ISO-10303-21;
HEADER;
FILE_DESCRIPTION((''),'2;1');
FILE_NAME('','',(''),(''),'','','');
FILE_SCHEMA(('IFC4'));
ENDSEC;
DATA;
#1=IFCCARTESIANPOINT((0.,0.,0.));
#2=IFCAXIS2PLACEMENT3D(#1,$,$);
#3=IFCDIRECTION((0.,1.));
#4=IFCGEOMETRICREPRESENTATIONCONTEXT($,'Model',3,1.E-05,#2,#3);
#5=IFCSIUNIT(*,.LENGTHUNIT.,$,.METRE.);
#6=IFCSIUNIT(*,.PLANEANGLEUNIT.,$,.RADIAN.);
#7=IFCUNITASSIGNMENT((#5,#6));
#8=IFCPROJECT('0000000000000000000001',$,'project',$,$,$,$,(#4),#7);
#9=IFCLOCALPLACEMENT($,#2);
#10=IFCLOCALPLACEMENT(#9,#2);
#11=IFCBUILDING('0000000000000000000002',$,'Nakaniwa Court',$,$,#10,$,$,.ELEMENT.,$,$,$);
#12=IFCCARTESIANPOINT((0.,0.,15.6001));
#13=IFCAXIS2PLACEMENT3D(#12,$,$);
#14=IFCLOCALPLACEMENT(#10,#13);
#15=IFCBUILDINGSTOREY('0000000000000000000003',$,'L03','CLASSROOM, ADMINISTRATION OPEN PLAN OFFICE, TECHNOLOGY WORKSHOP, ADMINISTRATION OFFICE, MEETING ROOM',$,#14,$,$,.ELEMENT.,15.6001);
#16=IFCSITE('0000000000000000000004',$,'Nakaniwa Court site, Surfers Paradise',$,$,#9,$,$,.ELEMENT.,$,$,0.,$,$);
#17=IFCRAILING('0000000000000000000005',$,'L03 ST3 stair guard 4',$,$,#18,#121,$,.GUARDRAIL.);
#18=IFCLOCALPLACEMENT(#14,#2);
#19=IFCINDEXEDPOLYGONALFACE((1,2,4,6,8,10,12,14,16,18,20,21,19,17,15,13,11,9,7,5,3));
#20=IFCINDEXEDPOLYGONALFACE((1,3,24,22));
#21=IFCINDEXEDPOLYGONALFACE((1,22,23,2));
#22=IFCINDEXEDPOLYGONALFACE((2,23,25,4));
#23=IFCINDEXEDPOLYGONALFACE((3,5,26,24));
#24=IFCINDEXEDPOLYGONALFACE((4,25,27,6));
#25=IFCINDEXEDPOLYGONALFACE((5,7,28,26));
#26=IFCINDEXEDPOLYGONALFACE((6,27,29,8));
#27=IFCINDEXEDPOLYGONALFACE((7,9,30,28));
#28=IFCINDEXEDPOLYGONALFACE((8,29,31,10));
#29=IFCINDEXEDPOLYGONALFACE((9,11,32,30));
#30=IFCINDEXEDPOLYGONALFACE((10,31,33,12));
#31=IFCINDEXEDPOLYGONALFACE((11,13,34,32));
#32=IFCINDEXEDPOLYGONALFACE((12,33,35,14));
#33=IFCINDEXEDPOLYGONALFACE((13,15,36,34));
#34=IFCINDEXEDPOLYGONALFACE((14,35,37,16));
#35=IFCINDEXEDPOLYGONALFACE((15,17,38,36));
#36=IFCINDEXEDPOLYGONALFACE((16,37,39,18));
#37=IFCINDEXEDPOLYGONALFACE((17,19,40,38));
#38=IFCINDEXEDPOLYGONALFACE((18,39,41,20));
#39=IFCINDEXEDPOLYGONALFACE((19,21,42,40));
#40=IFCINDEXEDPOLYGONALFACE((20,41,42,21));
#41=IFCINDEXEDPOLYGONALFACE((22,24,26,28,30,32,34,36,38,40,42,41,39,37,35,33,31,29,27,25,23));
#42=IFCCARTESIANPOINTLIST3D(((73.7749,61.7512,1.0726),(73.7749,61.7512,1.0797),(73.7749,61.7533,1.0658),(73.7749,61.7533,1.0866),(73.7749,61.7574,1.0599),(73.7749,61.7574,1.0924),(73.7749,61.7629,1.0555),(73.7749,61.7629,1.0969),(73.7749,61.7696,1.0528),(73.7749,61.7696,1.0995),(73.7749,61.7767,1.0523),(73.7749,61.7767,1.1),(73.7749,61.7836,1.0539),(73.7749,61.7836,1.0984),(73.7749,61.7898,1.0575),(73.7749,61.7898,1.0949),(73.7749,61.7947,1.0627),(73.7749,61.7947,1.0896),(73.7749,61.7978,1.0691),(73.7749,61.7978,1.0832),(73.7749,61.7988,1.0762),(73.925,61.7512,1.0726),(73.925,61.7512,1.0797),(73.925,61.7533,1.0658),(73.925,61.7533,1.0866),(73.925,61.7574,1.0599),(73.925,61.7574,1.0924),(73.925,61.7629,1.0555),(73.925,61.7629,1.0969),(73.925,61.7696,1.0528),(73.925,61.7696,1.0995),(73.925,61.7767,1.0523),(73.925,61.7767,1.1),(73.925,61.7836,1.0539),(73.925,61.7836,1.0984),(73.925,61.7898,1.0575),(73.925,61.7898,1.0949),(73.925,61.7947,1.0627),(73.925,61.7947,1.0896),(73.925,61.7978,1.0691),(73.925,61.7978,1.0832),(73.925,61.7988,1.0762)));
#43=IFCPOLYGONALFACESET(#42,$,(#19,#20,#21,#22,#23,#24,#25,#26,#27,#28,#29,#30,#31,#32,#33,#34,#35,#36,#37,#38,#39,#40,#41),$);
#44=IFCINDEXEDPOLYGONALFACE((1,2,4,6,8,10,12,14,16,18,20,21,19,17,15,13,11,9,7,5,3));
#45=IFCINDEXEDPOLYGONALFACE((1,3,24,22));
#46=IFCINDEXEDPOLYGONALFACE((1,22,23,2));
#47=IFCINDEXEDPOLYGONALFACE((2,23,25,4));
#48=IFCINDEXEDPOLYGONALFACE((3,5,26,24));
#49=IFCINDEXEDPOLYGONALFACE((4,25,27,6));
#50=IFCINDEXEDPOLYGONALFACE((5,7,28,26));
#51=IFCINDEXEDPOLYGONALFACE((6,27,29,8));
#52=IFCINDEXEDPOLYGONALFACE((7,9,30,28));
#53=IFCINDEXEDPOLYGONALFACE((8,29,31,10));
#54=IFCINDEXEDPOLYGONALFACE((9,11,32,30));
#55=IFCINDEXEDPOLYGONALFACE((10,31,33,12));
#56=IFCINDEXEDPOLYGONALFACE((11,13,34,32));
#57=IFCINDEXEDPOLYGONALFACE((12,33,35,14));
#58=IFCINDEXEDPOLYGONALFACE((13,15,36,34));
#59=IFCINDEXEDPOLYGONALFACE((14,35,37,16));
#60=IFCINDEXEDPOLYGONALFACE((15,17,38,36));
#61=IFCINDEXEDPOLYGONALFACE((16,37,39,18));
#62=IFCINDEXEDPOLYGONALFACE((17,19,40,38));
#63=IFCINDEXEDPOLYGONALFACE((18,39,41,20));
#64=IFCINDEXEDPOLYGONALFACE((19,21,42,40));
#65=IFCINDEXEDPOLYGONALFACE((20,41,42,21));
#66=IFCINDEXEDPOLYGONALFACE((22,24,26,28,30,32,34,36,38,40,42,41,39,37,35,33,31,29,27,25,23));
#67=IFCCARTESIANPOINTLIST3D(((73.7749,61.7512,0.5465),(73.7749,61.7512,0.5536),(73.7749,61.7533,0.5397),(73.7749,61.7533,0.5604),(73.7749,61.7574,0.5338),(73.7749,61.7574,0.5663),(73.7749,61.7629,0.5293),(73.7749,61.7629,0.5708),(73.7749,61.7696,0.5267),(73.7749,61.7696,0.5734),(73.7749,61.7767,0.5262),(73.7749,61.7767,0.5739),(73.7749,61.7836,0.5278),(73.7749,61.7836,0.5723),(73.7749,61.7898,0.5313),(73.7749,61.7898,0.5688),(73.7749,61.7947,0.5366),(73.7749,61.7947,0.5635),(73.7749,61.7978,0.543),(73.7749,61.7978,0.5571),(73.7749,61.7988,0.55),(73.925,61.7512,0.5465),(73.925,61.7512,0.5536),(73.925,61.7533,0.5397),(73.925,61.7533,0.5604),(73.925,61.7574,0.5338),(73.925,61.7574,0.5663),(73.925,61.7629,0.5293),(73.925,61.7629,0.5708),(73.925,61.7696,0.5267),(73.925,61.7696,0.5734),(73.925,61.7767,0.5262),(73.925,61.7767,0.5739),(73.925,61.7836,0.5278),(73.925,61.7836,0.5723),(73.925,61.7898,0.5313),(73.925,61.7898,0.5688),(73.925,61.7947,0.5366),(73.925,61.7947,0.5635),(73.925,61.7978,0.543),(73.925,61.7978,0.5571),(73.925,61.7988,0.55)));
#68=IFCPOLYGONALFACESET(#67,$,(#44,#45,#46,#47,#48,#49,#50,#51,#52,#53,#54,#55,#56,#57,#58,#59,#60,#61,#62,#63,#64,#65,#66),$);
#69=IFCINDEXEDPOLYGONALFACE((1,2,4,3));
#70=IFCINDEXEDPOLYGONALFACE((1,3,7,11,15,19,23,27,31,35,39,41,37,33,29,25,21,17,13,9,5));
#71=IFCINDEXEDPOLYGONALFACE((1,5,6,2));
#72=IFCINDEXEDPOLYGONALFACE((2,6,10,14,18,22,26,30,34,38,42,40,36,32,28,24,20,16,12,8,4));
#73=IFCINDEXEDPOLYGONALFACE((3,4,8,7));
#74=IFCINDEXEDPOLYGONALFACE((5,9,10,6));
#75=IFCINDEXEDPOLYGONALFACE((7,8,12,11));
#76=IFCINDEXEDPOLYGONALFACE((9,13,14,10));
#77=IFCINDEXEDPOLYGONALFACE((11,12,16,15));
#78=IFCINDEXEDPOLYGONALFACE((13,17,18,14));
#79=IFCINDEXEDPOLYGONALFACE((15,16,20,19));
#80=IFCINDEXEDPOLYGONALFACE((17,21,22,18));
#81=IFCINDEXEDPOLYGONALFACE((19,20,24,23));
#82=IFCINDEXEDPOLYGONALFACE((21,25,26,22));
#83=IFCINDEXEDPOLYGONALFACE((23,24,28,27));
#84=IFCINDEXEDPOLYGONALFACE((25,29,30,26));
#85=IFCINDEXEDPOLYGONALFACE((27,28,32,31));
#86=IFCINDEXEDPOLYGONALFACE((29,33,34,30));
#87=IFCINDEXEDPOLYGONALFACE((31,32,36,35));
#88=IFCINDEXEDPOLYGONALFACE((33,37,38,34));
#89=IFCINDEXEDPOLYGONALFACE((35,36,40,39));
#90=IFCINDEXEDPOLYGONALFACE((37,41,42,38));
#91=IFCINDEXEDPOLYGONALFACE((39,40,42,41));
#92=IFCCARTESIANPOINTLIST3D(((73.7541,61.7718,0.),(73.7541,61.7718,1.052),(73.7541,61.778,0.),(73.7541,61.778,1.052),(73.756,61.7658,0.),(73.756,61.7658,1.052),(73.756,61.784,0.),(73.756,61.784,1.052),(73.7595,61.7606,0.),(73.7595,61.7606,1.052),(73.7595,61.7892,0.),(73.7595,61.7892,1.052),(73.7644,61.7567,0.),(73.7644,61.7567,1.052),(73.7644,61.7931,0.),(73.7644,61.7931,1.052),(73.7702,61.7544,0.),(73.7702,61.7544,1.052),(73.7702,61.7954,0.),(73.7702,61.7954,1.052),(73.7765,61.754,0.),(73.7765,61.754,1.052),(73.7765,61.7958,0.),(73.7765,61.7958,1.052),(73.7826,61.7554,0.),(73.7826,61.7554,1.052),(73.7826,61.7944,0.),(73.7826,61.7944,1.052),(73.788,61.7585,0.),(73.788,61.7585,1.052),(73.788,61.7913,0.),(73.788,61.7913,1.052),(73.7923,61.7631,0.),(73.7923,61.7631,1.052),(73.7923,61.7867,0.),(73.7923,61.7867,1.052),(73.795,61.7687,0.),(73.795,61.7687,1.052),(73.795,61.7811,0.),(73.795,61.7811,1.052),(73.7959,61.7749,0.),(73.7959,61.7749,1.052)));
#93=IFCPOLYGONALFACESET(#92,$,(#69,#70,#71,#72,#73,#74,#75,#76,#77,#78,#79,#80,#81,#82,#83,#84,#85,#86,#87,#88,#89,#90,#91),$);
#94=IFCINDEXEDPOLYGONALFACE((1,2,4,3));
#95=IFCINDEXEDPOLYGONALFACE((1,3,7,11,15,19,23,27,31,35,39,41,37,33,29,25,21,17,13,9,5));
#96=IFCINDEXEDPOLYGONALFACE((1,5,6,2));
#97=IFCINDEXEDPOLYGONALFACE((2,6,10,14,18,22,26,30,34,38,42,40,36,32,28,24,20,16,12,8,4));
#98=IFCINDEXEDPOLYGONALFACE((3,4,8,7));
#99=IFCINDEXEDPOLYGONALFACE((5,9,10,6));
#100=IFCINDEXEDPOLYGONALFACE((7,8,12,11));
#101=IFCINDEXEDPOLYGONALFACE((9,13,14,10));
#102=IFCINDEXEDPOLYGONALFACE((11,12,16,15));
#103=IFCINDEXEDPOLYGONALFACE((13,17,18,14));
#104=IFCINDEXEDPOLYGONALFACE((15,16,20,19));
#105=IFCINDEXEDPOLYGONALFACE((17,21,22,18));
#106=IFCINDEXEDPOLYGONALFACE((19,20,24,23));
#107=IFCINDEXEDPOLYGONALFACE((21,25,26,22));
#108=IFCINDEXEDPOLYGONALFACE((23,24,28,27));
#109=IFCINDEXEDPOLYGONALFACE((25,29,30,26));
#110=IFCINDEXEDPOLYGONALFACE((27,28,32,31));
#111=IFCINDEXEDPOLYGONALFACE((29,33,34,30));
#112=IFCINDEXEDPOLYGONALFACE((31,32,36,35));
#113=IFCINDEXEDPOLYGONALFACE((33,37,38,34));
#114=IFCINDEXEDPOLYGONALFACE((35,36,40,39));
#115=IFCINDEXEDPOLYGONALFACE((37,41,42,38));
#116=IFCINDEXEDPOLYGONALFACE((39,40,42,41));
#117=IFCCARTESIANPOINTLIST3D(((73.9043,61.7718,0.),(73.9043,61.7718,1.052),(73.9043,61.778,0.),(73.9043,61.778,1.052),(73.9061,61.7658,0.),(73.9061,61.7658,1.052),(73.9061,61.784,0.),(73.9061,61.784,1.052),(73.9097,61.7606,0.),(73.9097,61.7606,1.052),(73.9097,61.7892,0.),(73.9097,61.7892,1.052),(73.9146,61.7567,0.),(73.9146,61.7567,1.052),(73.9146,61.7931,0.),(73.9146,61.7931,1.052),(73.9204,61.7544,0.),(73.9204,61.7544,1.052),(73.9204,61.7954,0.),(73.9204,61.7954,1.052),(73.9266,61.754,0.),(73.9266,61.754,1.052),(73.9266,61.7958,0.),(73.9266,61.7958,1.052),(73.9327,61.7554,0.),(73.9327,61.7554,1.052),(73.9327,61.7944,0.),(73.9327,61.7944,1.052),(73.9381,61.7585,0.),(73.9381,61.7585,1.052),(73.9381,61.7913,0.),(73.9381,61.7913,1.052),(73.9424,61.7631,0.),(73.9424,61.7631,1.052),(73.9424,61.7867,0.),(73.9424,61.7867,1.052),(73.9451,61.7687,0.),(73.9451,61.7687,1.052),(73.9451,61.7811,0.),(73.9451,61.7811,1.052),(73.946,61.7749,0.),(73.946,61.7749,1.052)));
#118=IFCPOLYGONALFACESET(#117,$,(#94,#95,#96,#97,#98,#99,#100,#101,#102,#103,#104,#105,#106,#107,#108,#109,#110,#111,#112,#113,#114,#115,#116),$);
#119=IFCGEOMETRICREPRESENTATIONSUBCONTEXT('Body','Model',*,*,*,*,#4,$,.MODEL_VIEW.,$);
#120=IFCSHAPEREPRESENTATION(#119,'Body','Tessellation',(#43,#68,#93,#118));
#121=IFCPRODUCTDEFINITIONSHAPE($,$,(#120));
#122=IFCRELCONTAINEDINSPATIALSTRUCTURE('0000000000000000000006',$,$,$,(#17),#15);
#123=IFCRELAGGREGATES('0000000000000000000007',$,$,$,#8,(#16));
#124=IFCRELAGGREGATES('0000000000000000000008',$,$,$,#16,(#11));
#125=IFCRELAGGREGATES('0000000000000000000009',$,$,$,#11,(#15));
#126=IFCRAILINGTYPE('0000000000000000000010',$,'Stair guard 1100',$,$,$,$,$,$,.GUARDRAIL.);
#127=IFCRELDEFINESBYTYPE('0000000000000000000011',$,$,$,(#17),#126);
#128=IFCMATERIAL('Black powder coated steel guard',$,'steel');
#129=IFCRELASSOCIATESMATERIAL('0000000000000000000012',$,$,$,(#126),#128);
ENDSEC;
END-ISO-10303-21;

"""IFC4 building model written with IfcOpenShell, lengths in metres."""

from ifc_helpers import new_model, si_unit, direction, frame, origin, origin_2d, place, context, subcontext, project, spatial, circle, extrude, material, type_object, element, save


model = new_model("IFC4")

# Units and contexts
model_context = context("Model", 3, precision=1e-05, world=origin(), true_north=direction((0.0, 1.0)))
body_context = subcontext(model_context, "Body", "Model", "MODEL_VIEW")
ifc_project = project(units=[si_unit("LENGTHUNIT", "METRE"), si_unit("PLANEANGLEUNIT", "RADIAN")], contexts=[model_context])

# Site, building, storey
site_placement = place(None, origin())
site = spatial("IfcSite", under=ifc_project, at=site_placement, Name="Nakaniwa Court site, Surfers Paradise", CompositionType="ELEMENT", RefElevation=0.0)
building_placement = place(site_placement, origin())
building = spatial("IfcBuilding", under=site, at=building_placement, Name="Nakaniwa Court", CompositionType="ELEMENT")
storey_placement = place(building_placement, frame((0.0, 0.0, 15.6001)))
storey = spatial("IfcBuildingStorey", under=building, at=storey_placement, Name="L03", Description="CLASSROOM, ADMINISTRATION OPEN PLAN OFFICE, TECHNOLOGY WORKSHOP, ADMINISTRATION OFFICE, MEETING ROOM", CompositionType="ELEMENT", Elevation=15.6001)

# Railing
ifc_material_1 = material(Name="Black powder coated steel guard", Category="steel")
railing_type_1 = type_object("IfcRailingType", Name="Stair guard 1100", PredefinedType="GUARDRAIL", material=ifc_material_1)
railing_1_placement = place(storey_placement, frame((73.7749, 61.7749, 0.0)))
element("IfcRailing", 1, at=railing_1_placement, inside=storey, type_object=railing_type_1, Name="L03 ST3 stair guard 4", PredefinedType="GUARDRAIL", context=body_context, shape_type="SweptSolid", body=[
    extrude(circle(Radius=0.0239, at=origin_2d()), frame((0.0, 0.0, 1.0762), z_axis=(1.0, 0.0, 0.0), x_axis=(0.0, 1.0, 0.0)), (0.0, 0.0, 1.0), 0.1501),
    extrude(circle(Radius=0.0239, at=origin_2d()), frame((0.0, 0.0, 0.55), z_axis=(1.0, 0.0, 0.0), x_axis=(0.0, 1.0, 0.0)), (0.0, 0.0, 1.0), 0.1501),
    extrude(circle(Radius=0.021, at=origin_2d()), origin(), (0.0, 0.0, 1.0), 1.052),
    extrude(circle(Radius=0.021, at=origin_2d()), frame((0.1501, 0.0, 0.0)), (0.0, 0.0, 1.0), 1.052),
])

save(model, "model.ifc")
